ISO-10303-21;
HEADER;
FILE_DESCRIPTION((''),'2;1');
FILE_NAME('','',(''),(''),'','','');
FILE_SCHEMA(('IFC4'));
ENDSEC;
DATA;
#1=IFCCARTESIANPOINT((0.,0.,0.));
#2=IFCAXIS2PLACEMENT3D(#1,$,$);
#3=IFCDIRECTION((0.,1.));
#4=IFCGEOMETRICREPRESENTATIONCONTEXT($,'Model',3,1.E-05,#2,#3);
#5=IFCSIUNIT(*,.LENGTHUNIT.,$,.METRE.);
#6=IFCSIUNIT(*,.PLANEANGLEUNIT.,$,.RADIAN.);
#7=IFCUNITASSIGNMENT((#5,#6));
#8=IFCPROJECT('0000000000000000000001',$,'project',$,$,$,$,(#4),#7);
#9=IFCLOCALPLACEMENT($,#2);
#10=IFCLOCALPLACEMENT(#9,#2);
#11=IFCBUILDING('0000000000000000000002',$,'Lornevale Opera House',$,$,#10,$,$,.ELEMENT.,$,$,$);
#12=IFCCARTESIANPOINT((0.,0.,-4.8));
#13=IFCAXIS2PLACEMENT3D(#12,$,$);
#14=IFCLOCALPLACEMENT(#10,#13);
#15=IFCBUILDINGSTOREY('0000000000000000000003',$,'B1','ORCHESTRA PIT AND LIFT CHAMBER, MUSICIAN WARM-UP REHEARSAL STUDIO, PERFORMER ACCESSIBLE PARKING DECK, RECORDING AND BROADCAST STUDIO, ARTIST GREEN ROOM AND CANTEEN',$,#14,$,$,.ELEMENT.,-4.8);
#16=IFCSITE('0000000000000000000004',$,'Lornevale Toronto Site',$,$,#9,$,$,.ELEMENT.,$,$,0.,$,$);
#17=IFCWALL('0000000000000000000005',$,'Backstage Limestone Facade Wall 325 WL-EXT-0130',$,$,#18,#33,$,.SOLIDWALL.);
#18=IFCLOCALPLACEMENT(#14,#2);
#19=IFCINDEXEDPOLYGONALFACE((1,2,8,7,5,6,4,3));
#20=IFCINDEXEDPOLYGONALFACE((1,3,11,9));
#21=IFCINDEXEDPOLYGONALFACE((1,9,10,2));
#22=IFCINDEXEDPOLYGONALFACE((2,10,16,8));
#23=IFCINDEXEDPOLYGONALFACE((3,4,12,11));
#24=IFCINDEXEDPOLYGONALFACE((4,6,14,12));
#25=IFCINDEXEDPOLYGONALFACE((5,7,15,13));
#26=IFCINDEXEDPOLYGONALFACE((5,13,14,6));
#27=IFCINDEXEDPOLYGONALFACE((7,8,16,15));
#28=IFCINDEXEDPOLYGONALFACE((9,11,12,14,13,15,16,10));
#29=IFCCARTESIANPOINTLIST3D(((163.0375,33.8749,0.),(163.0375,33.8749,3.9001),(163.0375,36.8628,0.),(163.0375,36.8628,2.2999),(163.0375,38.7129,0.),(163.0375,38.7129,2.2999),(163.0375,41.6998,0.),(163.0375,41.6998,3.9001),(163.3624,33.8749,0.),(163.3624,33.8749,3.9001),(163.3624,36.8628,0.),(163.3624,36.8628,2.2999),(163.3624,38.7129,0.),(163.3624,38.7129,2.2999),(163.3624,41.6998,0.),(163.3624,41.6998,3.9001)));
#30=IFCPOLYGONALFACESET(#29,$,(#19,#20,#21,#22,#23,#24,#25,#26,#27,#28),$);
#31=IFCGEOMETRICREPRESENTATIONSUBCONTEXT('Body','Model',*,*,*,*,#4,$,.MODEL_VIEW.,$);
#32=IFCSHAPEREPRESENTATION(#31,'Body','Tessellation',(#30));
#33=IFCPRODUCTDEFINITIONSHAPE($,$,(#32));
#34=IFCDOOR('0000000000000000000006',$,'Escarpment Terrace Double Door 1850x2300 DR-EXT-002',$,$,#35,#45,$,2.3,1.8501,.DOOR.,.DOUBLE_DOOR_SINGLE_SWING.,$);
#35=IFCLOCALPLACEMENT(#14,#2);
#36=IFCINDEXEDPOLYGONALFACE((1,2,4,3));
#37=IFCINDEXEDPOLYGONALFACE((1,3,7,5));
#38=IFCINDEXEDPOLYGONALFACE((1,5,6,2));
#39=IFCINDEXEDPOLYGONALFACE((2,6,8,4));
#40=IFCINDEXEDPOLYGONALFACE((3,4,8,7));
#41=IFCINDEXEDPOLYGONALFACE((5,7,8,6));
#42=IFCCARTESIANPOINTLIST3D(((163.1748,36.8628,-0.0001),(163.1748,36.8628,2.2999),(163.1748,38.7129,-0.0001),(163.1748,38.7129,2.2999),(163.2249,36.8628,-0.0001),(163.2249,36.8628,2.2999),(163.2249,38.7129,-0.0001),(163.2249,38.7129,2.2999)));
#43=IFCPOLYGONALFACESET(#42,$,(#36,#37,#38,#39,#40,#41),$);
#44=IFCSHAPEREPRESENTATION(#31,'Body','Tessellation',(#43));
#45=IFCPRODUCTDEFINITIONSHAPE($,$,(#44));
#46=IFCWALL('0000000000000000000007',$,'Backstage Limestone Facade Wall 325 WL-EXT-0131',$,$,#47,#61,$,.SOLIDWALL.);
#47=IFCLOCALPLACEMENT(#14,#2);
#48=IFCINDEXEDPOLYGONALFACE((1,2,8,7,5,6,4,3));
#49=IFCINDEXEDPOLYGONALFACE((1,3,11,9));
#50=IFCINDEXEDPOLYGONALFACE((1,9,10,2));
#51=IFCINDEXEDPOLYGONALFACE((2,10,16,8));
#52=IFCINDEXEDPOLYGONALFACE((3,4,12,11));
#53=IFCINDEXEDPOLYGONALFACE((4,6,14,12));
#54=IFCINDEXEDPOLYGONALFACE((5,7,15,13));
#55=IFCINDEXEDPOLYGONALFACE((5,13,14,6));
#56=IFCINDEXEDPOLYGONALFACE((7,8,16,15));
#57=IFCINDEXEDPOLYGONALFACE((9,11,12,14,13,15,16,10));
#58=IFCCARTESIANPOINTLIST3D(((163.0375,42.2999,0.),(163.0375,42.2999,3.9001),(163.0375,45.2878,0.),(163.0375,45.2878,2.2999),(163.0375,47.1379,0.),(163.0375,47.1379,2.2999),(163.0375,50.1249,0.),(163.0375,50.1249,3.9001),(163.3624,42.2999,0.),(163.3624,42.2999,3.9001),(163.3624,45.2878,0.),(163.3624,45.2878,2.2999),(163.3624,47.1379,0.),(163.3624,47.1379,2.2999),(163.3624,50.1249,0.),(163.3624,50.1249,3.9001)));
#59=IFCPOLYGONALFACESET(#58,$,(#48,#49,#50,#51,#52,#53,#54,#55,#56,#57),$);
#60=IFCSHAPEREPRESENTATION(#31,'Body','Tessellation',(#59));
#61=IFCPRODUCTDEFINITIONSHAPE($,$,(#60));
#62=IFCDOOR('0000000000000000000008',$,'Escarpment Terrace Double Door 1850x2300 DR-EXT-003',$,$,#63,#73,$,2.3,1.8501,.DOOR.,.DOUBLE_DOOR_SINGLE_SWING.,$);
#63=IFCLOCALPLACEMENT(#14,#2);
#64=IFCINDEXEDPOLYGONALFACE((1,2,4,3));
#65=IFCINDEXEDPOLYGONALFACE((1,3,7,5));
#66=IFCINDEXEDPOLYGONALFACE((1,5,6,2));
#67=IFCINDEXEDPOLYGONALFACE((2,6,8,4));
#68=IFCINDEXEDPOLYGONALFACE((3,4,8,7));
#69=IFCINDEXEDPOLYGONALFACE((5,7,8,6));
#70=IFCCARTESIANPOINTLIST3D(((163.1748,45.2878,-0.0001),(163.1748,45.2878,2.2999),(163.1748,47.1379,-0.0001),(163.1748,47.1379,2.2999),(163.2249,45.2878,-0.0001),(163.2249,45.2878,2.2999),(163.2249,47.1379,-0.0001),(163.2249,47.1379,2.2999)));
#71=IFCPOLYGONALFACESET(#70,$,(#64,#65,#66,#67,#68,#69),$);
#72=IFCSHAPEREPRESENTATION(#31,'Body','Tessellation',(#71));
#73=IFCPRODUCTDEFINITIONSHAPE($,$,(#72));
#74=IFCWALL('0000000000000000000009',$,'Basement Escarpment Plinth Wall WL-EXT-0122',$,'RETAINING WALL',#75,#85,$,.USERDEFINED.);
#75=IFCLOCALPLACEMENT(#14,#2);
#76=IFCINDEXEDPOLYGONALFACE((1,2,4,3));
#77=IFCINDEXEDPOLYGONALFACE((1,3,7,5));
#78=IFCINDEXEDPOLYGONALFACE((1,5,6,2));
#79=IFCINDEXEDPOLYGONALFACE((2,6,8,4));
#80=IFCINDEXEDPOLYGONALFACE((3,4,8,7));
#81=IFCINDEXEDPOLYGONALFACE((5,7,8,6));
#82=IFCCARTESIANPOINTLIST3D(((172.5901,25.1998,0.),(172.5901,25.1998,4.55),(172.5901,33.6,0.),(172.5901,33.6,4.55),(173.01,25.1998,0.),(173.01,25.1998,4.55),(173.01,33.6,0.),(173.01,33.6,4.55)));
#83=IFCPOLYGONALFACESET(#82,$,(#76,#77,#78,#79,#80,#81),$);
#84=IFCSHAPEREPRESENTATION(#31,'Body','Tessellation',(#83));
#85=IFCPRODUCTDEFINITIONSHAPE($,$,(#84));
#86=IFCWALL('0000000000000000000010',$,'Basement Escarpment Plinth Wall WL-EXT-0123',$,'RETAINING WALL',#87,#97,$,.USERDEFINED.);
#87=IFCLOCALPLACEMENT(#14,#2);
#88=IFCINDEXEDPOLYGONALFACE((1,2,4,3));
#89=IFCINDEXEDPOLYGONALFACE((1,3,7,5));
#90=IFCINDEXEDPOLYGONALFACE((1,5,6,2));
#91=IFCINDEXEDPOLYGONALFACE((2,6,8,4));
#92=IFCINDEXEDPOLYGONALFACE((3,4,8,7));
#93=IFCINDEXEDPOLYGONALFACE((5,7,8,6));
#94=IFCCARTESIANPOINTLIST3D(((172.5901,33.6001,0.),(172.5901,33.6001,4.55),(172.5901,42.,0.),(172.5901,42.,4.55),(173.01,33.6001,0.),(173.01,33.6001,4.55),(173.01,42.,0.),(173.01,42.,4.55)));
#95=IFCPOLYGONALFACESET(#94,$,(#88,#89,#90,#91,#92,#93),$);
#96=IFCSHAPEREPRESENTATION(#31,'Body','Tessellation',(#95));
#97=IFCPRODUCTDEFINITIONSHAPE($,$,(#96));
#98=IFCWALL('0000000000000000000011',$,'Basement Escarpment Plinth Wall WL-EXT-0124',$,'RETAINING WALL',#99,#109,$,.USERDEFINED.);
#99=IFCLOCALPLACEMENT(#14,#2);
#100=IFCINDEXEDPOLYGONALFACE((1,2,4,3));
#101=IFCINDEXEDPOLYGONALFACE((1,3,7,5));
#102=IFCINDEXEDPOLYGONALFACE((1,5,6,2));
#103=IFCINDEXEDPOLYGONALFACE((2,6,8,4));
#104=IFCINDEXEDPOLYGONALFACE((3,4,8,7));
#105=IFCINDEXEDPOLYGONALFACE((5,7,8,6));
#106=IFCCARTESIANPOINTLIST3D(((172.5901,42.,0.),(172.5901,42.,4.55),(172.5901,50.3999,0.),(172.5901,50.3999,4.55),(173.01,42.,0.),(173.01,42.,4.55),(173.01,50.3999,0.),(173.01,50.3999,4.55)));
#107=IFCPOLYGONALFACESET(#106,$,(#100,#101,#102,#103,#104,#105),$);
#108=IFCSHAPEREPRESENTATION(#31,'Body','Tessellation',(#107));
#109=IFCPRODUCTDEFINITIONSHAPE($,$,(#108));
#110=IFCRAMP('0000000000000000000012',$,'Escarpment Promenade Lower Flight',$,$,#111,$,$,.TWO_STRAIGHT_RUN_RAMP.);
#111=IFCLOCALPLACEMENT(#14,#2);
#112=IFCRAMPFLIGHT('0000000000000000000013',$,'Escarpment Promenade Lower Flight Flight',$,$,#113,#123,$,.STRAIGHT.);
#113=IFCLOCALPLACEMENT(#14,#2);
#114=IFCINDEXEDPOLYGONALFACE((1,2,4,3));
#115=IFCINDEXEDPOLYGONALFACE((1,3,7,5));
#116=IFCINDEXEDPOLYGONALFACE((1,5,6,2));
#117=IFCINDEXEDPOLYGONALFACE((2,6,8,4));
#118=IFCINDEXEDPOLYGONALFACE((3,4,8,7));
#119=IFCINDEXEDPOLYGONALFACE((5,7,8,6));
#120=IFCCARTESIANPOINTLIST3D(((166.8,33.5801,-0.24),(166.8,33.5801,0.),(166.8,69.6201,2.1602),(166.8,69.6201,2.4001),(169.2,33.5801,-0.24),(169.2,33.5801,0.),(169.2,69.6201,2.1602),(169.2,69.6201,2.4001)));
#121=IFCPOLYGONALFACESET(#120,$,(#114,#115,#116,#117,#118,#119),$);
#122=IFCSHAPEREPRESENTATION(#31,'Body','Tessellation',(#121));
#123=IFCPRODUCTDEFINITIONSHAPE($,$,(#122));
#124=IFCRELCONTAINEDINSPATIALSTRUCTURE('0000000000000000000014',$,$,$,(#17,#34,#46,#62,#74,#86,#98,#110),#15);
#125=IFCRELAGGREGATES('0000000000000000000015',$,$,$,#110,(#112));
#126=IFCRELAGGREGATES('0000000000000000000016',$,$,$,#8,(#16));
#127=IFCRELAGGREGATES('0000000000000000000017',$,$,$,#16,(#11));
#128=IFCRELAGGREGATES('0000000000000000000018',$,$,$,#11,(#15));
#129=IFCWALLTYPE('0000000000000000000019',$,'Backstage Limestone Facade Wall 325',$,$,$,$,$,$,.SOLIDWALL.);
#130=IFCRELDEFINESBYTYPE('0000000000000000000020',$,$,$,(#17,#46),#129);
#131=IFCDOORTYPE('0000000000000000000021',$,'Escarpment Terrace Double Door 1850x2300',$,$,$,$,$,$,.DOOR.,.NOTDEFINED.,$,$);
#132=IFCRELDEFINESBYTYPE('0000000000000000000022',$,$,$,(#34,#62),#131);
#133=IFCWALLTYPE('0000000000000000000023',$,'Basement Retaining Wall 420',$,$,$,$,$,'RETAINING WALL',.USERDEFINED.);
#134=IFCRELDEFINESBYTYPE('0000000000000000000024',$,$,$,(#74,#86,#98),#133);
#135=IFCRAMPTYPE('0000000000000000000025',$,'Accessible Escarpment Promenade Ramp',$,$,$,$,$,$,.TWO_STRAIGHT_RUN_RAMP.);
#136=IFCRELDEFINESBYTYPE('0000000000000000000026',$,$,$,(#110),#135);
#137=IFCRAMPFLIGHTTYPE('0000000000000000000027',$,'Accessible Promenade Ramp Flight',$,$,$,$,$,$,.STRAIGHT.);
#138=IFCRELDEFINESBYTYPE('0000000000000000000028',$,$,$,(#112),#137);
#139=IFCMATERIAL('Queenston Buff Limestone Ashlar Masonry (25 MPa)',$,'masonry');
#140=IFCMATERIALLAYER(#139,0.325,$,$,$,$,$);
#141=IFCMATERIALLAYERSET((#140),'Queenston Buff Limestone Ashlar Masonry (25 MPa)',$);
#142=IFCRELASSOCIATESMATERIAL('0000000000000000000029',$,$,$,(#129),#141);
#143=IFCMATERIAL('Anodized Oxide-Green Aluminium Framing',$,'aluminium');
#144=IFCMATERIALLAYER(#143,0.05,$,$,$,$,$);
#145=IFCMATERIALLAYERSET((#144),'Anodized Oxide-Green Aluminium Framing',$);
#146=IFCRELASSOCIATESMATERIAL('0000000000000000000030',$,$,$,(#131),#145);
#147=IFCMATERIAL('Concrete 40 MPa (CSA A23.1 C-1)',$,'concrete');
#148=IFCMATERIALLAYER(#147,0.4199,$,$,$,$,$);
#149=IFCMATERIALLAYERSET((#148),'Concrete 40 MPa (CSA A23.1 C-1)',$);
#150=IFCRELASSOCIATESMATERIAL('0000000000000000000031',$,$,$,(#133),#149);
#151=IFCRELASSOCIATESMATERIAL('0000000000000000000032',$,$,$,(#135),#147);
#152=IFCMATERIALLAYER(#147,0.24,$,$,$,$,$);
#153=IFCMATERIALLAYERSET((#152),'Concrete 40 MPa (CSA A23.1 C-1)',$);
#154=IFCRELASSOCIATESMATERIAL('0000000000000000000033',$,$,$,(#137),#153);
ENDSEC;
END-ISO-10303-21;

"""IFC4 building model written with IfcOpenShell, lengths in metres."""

from ifc_helpers import new_model, si_unit, direction, frame, frame_2d, origin, place, context, subcontext, project, spatial, polyline, rectangle, outline, extrude, material, layer, layer_set, type_object, element, fill, aggregate, save


model = new_model("IFC4")

# Units and contexts
model_context = context("Model", 3, precision=1e-05, world=origin(), true_north=direction((0.0, 1.0)))
body_context = subcontext(model_context, "Body", "Model", "MODEL_VIEW")
ifc_project = project(units=[si_unit("LENGTHUNIT", "METRE"), si_unit("PLANEANGLEUNIT", "RADIAN")], contexts=[model_context])

# Site, building, storey
site_placement = place(None, origin())
site = spatial("IfcSite", under=ifc_project, at=site_placement, Name="Lornevale Toronto Site", CompositionType="ELEMENT", RefElevation=0.0)
building_placement = place(site_placement, origin())
building = spatial("IfcBuilding", under=site, at=building_placement, Name="Lornevale Opera House", CompositionType="ELEMENT")
storey_placement = place(building_placement, frame((0.0, 0.0, -4.8)))
storey = spatial("IfcBuildingStorey", under=building, at=storey_placement, Name="B1", Description="ORCHESTRA PIT AND LIFT CHAMBER, MUSICIAN WARM-UP REHEARSAL STUDIO, PERFORMER ACCESSIBLE PARKING DECK, RECORDING AND BROADCAST STUDIO, ARTIST GREEN ROOM AND CANTEEN", CompositionType="ELEMENT", Elevation=-4.8)

# Shared definitions
ifc_material_1 = material(Name="Concrete 40 MPa (CSA A23.1 C-1)", Category="concrete")

# Walls, openings, doors
ifc_material_2 = material(Name="Queenston Buff Limestone Ashlar Masonry (25 MPa)", Category="masonry")
ifc_layer_1 = layer(ifc_material_2, 0.325)
ifc_layer_set_1 = layer_set([ifc_layer_1], Name="Queenston Buff Limestone Ashlar Masonry (25 MPa)")
wall_type_1 = type_object("IfcWallType", Name="Backstage Limestone Facade Wall 325", PredefinedType="SOLIDWALL", material=ifc_layer_set_1)
ifc_material_3 = material(Name="Anodized Oxide-Green Aluminium Framing", Category="aluminium")
ifc_layer_2 = layer(ifc_material_3, 0.05)
ifc_layer_set_2 = layer_set([ifc_layer_2], Name="Anodized Oxide-Green Aluminium Framing")
door_type = type_object("IfcDoorType", Name="Escarpment Terrace Double Door 1850x2300", OperationType="NOTDEFINED", PredefinedType="DOOR", material=ifc_layer_set_2)
wall_1_placement = place(storey_placement, frame((163.2, 41.7, 0.0), z_axis=(0.0, 0.0, 1.0), x_axis=(0.0, -1.0, 0.0)))
wall_1 = element("IfcWall", 1, at=wall_1_placement, inside=storey, type_object=wall_type_1, Name="Backstage Limestone Facade Wall 325 WL-EXT-0130", PredefinedType="SOLIDWALL", context=body_context, shape_type="SweptSolid", body=[
    extrude(rectangle(XDim=7.825, YDim=0.325, at=frame_2d((3.9126, 0.0))), origin(), (0.0, 0.0, 1.0), 3.9001),
])
opening_1_placement = place(wall_1_placement, frame((2.9871, 0.0, 0.0)))
opening_1 = element("IfcOpeningElement", 2, at=opening_1_placement, cuts=wall_1, PredefinedType="OPENING", context=body_context, shape_type="SweptSolid", body=[
    extrude(rectangle(XDim=1.8501, YDim=2.3, at=frame_2d((0.925, 1.1499))), frame((0.0, 0.1724, 0.0), z_axis=(0.0, -1.0, 0.0), x_axis=(1.0, 0.0, 0.0)), (0.0, 0.0, 1.0), 0.345),
])
door_1_placement = place(opening_1_placement, origin())
door_1 = element("IfcDoor", 3, at=door_1_placement, inside=storey, type_object=door_type, Name="Escarpment Terrace Double Door 1850x2300 DR-EXT-002", OperationType="DOUBLE_DOOR_SINGLE_SWING", OverallHeight=2.3, OverallWidth=1.8501, PredefinedType="DOOR", context=body_context, shape_type="SweptSolid", body=[
    extrude(rectangle(XDim=1.8501, YDim=2.3, at=frame_2d((0.925, 1.1499))), frame((0.0, 0.0249, 0.0), z_axis=(0.0, -1.0, 0.0), x_axis=(1.0, 0.0, 0.0)), (0.0, 0.0, 1.0), 0.05),
])
fill(opening_1, door_1)
wall_2_placement = place(storey_placement, frame((163.2, 50.125, 0.0), z_axis=(0.0, 0.0, 1.0), x_axis=(0.0, -1.0, 0.0)))
wall_2 = element("IfcWall", 4, at=wall_2_placement, inside=storey, type_object=wall_type_1, Name="Backstage Limestone Facade Wall 325 WL-EXT-0131", PredefinedType="SOLIDWALL", context=body_context, shape_type="SweptSolid", body=[
    extrude(rectangle(XDim=7.825, YDim=0.325, at=frame_2d((3.9126, 0.0))), origin(), (0.0, 0.0, 1.0), 3.9001),
])
opening_2_placement = place(wall_2_placement, frame((2.9871, 0.0, 0.0)))
opening_2 = element("IfcOpeningElement", 5, at=opening_2_placement, cuts=wall_2, PredefinedType="OPENING", context=body_context, shape_type="SweptSolid", body=[
    extrude(rectangle(XDim=1.8501, YDim=2.3, at=frame_2d((0.925, 1.1499))), frame((0.0, 0.1724, 0.0), z_axis=(0.0, -1.0, 0.0), x_axis=(1.0, 0.0, 0.0)), (0.0, 0.0, 1.0), 0.345),
])
door_2_placement = place(opening_2_placement, origin())
door_2 = element("IfcDoor", 6, at=door_2_placement, inside=storey, type_object=door_type, Name="Escarpment Terrace Double Door 1850x2300 DR-EXT-003", OperationType="DOUBLE_DOOR_SINGLE_SWING", OverallHeight=2.3, OverallWidth=1.8501, PredefinedType="DOOR", context=body_context, shape_type="SweptSolid", body=[
    extrude(rectangle(XDim=1.8501, YDim=2.3, at=frame_2d((0.925, 1.1499))), frame((0.0, 0.0249, 0.0), z_axis=(0.0, -1.0, 0.0), x_axis=(1.0, 0.0, 0.0)), (0.0, 0.0, 1.0), 0.05),
])
fill(opening_2, door_2)

# Walls
ifc_layer_3 = layer(ifc_material_1, 0.4199)
ifc_layer_set_3 = layer_set([ifc_layer_3], Name="Concrete 40 MPa (CSA A23.1 C-1)")
wall_type_2 = type_object("IfcWallType", Name="Basement Retaining Wall 420", ElementType="RETAINING WALL", PredefinedType="USERDEFINED", material=ifc_layer_set_3)
wall_3_placement = place(storey_placement, frame((172.8, 33.6001, 0.0), z_axis=(0.0, 0.0, 1.0), x_axis=(0.0, -1.0, 0.0)))
element("IfcWall", 7, at=wall_3_placement, inside=storey, type_object=wall_type_2, Name="Basement Escarpment Plinth Wall WL-EXT-0122", ObjectType="RETAINING WALL", PredefinedType="USERDEFINED", context=body_context, shape_type="SweptSolid", body=[
    extrude(rectangle(XDim=8.4001, YDim=0.4199, at=frame_2d((4.2002, 0.0))), origin(), (0.0, 0.0, 1.0), 4.55),
])
for number, where, z_axis, x_axis, name in (
    (8, (172.8, 42.0, 0.0), (0.0, 0.0, 1.0), (0.0, -1.0, 0.0), "Basement Escarpment Plinth Wall WL-EXT-0123"),
    (9, (172.8, 50.3999, 0.0), (0.0, 0.0, 1.0), (0.0, -1.0, 0.0), "Basement Escarpment Plinth Wall WL-EXT-0124"),
):
    element("IfcWall", number, at=place(storey_placement, frame(where, z_axis=z_axis, x_axis=x_axis)), inside=storey, type_object=wall_type_2, Name=name, ObjectType="RETAINING WALL", PredefinedType="USERDEFINED", context=body_context, shape_type="SweptSolid", body=[
        extrude(rectangle(XDim=8.3999, YDim=0.4199, at=frame_2d((4.2, 0.0))), origin(), (0.0, 0.0, 1.0), 4.55),
    ])

# Ramp, ramp flight
ramp_type = type_object("IfcRampType", Name="Accessible Escarpment Promenade Ramp", PredefinedType="TWO_STRAIGHT_RUN_RAMP", material=ifc_material_1)
ramp_placement = place(storey_placement, origin())
ramp = element("IfcRamp", 10, at=ramp_placement, inside=storey, type_object=ramp_type, Name="Escarpment Promenade Lower Flight", PredefinedType="TWO_STRAIGHT_RUN_RAMP")
ifc_layer_4 = layer(ifc_material_1, 0.24)
ifc_layer_set_4 = layer_set([ifc_layer_4], Name="Concrete 40 MPa (CSA A23.1 C-1)")
ramp_flight_type = type_object("IfcRampFlightType", Name="Accessible Promenade Ramp Flight", PredefinedType="STRAIGHT", material=ifc_layer_set_4)
ramp_flight_placement = place(storey_placement, frame((168.0, 33.5801, 0.0), z_axis=(0.0, 0.0, 1.0), x_axis=(0.0, 1.0, 0.0)))
ramp_flight = element("IfcRampFlight", 11, at=ramp_flight_placement, type_object=ramp_flight_type, Name="Escarpment Promenade Lower Flight Flight", PredefinedType="STRAIGHT", context=body_context, shape_type="SweptSolid", body=[
    extrude(outline(polyline([(0.0, 0.0), (36.04, 2.4001), (36.04, 2.1602), (0.0, -0.24), (0.0, 0.0)])), frame((0.0, 1.2, 0.0), z_axis=(0.0, -1.0, 0.0), x_axis=(1.0, 0.0, 0.0)), (0.0, 0.0, 1.0), 2.3999),
])
aggregate(ramp, [ramp_flight])

save(model, "model.ifc")
